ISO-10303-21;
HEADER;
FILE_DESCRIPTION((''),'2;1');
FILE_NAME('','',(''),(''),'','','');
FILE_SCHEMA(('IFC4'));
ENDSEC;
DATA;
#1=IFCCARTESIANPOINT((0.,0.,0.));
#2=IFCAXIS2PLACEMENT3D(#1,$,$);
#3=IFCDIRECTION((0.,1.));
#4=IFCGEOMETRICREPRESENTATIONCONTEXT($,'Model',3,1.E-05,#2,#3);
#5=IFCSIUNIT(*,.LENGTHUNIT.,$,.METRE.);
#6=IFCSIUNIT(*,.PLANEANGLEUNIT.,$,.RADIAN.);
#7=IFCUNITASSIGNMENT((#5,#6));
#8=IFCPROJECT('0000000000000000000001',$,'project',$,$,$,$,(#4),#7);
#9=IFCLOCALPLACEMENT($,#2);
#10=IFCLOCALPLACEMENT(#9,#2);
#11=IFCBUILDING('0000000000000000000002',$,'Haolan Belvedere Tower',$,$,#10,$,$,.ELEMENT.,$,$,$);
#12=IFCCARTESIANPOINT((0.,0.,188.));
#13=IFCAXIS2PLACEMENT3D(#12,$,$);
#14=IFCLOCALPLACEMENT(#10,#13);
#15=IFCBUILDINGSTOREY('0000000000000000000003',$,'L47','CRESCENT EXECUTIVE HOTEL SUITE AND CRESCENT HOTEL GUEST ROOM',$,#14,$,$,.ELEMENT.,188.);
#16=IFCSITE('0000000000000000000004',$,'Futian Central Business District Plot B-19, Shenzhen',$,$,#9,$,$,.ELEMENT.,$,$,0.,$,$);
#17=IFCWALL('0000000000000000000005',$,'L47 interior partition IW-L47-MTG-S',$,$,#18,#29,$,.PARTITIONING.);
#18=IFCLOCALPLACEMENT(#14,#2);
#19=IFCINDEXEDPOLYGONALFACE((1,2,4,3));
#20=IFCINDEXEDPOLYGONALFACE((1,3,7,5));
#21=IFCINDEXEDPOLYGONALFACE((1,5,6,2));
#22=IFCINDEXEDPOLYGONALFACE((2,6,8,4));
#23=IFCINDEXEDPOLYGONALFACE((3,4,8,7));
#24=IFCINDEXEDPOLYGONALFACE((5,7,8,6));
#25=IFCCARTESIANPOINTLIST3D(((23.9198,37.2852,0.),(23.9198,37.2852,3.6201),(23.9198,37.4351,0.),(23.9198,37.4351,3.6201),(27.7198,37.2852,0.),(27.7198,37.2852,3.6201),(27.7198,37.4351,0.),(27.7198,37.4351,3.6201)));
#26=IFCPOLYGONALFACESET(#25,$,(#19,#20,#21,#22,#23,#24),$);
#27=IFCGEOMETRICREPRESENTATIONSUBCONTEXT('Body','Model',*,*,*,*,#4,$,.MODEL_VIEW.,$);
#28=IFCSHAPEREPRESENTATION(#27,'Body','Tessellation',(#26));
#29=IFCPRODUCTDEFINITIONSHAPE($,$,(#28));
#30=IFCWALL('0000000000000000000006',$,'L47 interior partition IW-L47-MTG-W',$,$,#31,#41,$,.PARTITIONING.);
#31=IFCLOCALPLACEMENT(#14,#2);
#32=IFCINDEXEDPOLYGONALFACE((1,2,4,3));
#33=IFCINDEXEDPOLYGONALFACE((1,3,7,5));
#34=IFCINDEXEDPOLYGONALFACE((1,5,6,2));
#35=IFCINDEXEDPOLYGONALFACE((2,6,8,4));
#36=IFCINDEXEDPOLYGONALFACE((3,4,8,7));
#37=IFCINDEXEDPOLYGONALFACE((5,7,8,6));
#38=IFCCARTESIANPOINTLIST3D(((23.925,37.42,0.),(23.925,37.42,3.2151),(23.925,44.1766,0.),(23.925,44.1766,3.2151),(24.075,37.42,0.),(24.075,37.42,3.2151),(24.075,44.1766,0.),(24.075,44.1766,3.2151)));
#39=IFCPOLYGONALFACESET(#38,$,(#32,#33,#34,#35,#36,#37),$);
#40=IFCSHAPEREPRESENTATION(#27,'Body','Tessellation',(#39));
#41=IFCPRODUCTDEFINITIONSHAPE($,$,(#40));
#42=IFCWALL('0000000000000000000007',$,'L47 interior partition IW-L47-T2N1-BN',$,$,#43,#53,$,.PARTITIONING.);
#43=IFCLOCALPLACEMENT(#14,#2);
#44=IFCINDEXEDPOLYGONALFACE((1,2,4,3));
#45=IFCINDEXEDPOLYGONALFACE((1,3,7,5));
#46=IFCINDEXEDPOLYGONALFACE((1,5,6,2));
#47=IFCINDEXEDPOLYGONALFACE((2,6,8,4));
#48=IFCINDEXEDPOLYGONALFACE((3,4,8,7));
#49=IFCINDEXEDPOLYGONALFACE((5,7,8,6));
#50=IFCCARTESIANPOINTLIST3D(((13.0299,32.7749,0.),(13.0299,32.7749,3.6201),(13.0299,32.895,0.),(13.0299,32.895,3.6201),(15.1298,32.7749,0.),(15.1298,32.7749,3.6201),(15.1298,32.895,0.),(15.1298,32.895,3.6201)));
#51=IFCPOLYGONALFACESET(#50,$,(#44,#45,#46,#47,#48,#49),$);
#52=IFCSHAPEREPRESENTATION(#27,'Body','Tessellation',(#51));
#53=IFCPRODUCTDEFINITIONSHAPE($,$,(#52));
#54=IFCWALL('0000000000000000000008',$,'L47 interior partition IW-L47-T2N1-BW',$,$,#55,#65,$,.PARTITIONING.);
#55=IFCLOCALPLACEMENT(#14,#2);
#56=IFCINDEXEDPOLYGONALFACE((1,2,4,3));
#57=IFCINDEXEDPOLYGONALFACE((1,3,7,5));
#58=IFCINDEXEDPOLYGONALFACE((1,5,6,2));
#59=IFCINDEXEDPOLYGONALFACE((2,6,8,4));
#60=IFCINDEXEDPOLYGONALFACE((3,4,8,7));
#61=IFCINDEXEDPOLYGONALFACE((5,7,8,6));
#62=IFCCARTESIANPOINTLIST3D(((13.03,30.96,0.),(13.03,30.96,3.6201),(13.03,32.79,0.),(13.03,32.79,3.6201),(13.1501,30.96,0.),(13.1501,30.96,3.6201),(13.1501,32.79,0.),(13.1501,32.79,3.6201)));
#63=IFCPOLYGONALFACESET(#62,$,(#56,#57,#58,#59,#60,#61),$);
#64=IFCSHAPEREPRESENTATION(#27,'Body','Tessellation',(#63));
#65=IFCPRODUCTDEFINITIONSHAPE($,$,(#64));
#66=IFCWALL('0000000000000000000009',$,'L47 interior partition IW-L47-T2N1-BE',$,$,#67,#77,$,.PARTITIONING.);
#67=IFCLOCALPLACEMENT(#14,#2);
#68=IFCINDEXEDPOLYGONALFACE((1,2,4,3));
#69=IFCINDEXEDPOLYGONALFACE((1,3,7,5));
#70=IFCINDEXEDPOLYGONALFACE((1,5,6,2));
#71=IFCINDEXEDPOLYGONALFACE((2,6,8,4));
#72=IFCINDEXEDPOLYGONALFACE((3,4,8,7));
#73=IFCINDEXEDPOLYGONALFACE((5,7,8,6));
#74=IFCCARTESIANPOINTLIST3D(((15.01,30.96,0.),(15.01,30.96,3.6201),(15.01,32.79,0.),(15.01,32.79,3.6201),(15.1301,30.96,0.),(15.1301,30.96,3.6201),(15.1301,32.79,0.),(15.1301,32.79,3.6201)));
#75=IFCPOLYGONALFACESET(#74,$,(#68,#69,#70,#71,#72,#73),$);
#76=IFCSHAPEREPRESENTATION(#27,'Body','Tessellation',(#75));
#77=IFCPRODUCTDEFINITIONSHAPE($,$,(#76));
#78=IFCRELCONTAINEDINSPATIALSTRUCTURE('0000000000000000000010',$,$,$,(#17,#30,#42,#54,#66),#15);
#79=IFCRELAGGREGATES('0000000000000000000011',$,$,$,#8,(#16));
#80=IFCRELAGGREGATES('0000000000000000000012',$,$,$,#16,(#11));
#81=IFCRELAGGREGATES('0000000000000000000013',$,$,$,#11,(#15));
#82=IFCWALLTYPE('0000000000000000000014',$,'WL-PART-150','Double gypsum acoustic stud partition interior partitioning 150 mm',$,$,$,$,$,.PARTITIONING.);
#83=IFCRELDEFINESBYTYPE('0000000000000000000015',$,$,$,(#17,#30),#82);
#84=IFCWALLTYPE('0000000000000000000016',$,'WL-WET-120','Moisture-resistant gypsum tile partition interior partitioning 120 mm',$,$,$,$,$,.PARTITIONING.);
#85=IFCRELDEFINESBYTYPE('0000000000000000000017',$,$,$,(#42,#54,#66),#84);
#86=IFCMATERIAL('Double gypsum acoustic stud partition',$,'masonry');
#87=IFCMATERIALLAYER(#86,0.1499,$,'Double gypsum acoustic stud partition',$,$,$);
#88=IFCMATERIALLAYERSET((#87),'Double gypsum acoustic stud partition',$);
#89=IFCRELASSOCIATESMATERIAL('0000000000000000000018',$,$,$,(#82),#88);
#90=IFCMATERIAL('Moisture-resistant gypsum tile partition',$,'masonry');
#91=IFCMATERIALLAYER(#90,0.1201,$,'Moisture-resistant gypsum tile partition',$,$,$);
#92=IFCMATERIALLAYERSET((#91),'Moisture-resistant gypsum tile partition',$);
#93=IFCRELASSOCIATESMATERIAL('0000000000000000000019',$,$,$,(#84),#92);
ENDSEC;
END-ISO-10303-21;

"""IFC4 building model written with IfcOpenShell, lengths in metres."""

from ifc_helpers import new_model, si_unit, direction, frame, frame_2d, origin, place, context, subcontext, project, spatial, rectangle, extrude, material, layer, layer_set, type_object, element, save


model = new_model("IFC4")

# Units and contexts
model_context = context("Model", 3, precision=1e-05, world=origin(), true_north=direction((0.0, 1.0)))
body_context = subcontext(model_context, "Body", "Model", "MODEL_VIEW")
ifc_project = project(units=[si_unit("LENGTHUNIT", "METRE"), si_unit("PLANEANGLEUNIT", "RADIAN")], contexts=[model_context])

# Site, building, storey
site_placement = place(None, origin())
site = spatial("IfcSite", under=ifc_project, at=site_placement, Name="Futian Central Business District Plot B-19, Shenzhen", CompositionType="ELEMENT", RefElevation=0.0)
building_placement = place(site_placement, origin())
building = spatial("IfcBuilding", under=site, at=building_placement, Name="Haolan Belvedere Tower", CompositionType="ELEMENT")
storey_placement = place(building_placement, frame((0.0, 0.0, 188.0)))
storey = spatial("IfcBuildingStorey", under=building, at=storey_placement, Name="L47", Description="CRESCENT EXECUTIVE HOTEL SUITE AND CRESCENT HOTEL GUEST ROOM", CompositionType="ELEMENT", Elevation=188.0)

# Walls
ifc_material_1 = material(Name="Double gypsum acoustic stud partition", Category="masonry")
ifc_layer_1 = layer(ifc_material_1, 0.1499, Name="Double gypsum acoustic stud partition")
ifc_layer_set_1 = layer_set([ifc_layer_1], Name="Double gypsum acoustic stud partition")
wall_type_1 = type_object("IfcWallType", Name="WL-PART-150", Description="Double gypsum acoustic stud partition interior partitioning 150 mm", PredefinedType="PARTITIONING", material=ifc_layer_set_1)
wall_1_placement = place(storey_placement, frame((23.9199, 37.3601, 0.0), z_axis=(0.0, 0.0, 1.0), x_axis=(1.0, 0.0, 0.0)))
element("IfcWall", 1, at=wall_1_placement, inside=storey, type_object=wall_type_1, Name="L47 interior partition IW-L47-MTG-S", PredefinedType="PARTITIONING", context=body_context, shape_type="SweptSolid", body=[
    extrude(rectangle(XDim=3.8, YDim=0.1499, at=frame_2d((1.8999, 0.0))), origin(), (0.0, 0.0, 1.0), 3.6201),
])
wall_2_placement = place(storey_placement, frame((24.0, 37.4199, 0.0), z_axis=(0.0, 0.0, 1.0), x_axis=(0.0, 1.0, 0.0)))
element("IfcWall", 2, at=wall_2_placement, inside=storey, type_object=wall_type_1, Name="L47 interior partition IW-L47-MTG-W", PredefinedType="PARTITIONING", context=body_context, shape_type="SweptSolid", body=[
    extrude(rectangle(XDim=6.7566, YDim=0.1499, at=frame_2d((3.3784, 0.0))), origin(), (0.0, 0.0, 1.0), 3.2151),
])
ifc_material_2 = material(Name="Moisture-resistant gypsum tile partition", Category="masonry")
ifc_layer_2 = layer(ifc_material_2, 0.1201, Name="Moisture-resistant gypsum tile partition")
ifc_layer_set_2 = layer_set([ifc_layer_2], Name="Moisture-resistant gypsum tile partition")
wall_type_2 = type_object("IfcWallType", Name="WL-WET-120", Description="Moisture-resistant gypsum tile partition interior partitioning 120 mm", PredefinedType="PARTITIONING", material=ifc_layer_set_2)
wall_3_placement = place(storey_placement, frame((13.03, 32.835, 0.0), z_axis=(0.0, 0.0, 1.0), x_axis=(1.0, 0.0, 0.0)))
element("IfcWall", 3, at=wall_3_placement, inside=storey, type_object=wall_type_2, Name="L47 interior partition IW-L47-T2N1-BN", PredefinedType="PARTITIONING", context=body_context, shape_type="SweptSolid", body=[
    extrude(rectangle(XDim=2.0999, YDim=0.1201, at=frame_2d((1.0498, 0.0))), origin(), (0.0, 0.0, 1.0), 3.6201),
])
for number, where, z_axis, x_axis, name in (
    (4, (13.0901, 30.96, 0.0), (0.0, 0.0, 1.0), (0.0, 1.0, 0.0), "L47 interior partition IW-L47-T2N1-BW"),
    (5, (15.0701, 30.96, 0.0), (0.0, 0.0, 1.0), (0.0, 1.0, 0.0), "L47 interior partition IW-L47-T2N1-BE"),
):
    element("IfcWall", number, at=place(storey_placement, frame(where, z_axis=z_axis, x_axis=x_axis)), inside=storey, type_object=wall_type_2, Name=name, PredefinedType="PARTITIONING", context=body_context, shape_type="SweptSolid", body=[
        extrude(rectangle(XDim=1.8301, YDim=0.1201, at=frame_2d((0.915, 0.0))), origin(), (0.0, 0.0, 1.0), 3.6201),
    ])

save(model, "model.ifc")
